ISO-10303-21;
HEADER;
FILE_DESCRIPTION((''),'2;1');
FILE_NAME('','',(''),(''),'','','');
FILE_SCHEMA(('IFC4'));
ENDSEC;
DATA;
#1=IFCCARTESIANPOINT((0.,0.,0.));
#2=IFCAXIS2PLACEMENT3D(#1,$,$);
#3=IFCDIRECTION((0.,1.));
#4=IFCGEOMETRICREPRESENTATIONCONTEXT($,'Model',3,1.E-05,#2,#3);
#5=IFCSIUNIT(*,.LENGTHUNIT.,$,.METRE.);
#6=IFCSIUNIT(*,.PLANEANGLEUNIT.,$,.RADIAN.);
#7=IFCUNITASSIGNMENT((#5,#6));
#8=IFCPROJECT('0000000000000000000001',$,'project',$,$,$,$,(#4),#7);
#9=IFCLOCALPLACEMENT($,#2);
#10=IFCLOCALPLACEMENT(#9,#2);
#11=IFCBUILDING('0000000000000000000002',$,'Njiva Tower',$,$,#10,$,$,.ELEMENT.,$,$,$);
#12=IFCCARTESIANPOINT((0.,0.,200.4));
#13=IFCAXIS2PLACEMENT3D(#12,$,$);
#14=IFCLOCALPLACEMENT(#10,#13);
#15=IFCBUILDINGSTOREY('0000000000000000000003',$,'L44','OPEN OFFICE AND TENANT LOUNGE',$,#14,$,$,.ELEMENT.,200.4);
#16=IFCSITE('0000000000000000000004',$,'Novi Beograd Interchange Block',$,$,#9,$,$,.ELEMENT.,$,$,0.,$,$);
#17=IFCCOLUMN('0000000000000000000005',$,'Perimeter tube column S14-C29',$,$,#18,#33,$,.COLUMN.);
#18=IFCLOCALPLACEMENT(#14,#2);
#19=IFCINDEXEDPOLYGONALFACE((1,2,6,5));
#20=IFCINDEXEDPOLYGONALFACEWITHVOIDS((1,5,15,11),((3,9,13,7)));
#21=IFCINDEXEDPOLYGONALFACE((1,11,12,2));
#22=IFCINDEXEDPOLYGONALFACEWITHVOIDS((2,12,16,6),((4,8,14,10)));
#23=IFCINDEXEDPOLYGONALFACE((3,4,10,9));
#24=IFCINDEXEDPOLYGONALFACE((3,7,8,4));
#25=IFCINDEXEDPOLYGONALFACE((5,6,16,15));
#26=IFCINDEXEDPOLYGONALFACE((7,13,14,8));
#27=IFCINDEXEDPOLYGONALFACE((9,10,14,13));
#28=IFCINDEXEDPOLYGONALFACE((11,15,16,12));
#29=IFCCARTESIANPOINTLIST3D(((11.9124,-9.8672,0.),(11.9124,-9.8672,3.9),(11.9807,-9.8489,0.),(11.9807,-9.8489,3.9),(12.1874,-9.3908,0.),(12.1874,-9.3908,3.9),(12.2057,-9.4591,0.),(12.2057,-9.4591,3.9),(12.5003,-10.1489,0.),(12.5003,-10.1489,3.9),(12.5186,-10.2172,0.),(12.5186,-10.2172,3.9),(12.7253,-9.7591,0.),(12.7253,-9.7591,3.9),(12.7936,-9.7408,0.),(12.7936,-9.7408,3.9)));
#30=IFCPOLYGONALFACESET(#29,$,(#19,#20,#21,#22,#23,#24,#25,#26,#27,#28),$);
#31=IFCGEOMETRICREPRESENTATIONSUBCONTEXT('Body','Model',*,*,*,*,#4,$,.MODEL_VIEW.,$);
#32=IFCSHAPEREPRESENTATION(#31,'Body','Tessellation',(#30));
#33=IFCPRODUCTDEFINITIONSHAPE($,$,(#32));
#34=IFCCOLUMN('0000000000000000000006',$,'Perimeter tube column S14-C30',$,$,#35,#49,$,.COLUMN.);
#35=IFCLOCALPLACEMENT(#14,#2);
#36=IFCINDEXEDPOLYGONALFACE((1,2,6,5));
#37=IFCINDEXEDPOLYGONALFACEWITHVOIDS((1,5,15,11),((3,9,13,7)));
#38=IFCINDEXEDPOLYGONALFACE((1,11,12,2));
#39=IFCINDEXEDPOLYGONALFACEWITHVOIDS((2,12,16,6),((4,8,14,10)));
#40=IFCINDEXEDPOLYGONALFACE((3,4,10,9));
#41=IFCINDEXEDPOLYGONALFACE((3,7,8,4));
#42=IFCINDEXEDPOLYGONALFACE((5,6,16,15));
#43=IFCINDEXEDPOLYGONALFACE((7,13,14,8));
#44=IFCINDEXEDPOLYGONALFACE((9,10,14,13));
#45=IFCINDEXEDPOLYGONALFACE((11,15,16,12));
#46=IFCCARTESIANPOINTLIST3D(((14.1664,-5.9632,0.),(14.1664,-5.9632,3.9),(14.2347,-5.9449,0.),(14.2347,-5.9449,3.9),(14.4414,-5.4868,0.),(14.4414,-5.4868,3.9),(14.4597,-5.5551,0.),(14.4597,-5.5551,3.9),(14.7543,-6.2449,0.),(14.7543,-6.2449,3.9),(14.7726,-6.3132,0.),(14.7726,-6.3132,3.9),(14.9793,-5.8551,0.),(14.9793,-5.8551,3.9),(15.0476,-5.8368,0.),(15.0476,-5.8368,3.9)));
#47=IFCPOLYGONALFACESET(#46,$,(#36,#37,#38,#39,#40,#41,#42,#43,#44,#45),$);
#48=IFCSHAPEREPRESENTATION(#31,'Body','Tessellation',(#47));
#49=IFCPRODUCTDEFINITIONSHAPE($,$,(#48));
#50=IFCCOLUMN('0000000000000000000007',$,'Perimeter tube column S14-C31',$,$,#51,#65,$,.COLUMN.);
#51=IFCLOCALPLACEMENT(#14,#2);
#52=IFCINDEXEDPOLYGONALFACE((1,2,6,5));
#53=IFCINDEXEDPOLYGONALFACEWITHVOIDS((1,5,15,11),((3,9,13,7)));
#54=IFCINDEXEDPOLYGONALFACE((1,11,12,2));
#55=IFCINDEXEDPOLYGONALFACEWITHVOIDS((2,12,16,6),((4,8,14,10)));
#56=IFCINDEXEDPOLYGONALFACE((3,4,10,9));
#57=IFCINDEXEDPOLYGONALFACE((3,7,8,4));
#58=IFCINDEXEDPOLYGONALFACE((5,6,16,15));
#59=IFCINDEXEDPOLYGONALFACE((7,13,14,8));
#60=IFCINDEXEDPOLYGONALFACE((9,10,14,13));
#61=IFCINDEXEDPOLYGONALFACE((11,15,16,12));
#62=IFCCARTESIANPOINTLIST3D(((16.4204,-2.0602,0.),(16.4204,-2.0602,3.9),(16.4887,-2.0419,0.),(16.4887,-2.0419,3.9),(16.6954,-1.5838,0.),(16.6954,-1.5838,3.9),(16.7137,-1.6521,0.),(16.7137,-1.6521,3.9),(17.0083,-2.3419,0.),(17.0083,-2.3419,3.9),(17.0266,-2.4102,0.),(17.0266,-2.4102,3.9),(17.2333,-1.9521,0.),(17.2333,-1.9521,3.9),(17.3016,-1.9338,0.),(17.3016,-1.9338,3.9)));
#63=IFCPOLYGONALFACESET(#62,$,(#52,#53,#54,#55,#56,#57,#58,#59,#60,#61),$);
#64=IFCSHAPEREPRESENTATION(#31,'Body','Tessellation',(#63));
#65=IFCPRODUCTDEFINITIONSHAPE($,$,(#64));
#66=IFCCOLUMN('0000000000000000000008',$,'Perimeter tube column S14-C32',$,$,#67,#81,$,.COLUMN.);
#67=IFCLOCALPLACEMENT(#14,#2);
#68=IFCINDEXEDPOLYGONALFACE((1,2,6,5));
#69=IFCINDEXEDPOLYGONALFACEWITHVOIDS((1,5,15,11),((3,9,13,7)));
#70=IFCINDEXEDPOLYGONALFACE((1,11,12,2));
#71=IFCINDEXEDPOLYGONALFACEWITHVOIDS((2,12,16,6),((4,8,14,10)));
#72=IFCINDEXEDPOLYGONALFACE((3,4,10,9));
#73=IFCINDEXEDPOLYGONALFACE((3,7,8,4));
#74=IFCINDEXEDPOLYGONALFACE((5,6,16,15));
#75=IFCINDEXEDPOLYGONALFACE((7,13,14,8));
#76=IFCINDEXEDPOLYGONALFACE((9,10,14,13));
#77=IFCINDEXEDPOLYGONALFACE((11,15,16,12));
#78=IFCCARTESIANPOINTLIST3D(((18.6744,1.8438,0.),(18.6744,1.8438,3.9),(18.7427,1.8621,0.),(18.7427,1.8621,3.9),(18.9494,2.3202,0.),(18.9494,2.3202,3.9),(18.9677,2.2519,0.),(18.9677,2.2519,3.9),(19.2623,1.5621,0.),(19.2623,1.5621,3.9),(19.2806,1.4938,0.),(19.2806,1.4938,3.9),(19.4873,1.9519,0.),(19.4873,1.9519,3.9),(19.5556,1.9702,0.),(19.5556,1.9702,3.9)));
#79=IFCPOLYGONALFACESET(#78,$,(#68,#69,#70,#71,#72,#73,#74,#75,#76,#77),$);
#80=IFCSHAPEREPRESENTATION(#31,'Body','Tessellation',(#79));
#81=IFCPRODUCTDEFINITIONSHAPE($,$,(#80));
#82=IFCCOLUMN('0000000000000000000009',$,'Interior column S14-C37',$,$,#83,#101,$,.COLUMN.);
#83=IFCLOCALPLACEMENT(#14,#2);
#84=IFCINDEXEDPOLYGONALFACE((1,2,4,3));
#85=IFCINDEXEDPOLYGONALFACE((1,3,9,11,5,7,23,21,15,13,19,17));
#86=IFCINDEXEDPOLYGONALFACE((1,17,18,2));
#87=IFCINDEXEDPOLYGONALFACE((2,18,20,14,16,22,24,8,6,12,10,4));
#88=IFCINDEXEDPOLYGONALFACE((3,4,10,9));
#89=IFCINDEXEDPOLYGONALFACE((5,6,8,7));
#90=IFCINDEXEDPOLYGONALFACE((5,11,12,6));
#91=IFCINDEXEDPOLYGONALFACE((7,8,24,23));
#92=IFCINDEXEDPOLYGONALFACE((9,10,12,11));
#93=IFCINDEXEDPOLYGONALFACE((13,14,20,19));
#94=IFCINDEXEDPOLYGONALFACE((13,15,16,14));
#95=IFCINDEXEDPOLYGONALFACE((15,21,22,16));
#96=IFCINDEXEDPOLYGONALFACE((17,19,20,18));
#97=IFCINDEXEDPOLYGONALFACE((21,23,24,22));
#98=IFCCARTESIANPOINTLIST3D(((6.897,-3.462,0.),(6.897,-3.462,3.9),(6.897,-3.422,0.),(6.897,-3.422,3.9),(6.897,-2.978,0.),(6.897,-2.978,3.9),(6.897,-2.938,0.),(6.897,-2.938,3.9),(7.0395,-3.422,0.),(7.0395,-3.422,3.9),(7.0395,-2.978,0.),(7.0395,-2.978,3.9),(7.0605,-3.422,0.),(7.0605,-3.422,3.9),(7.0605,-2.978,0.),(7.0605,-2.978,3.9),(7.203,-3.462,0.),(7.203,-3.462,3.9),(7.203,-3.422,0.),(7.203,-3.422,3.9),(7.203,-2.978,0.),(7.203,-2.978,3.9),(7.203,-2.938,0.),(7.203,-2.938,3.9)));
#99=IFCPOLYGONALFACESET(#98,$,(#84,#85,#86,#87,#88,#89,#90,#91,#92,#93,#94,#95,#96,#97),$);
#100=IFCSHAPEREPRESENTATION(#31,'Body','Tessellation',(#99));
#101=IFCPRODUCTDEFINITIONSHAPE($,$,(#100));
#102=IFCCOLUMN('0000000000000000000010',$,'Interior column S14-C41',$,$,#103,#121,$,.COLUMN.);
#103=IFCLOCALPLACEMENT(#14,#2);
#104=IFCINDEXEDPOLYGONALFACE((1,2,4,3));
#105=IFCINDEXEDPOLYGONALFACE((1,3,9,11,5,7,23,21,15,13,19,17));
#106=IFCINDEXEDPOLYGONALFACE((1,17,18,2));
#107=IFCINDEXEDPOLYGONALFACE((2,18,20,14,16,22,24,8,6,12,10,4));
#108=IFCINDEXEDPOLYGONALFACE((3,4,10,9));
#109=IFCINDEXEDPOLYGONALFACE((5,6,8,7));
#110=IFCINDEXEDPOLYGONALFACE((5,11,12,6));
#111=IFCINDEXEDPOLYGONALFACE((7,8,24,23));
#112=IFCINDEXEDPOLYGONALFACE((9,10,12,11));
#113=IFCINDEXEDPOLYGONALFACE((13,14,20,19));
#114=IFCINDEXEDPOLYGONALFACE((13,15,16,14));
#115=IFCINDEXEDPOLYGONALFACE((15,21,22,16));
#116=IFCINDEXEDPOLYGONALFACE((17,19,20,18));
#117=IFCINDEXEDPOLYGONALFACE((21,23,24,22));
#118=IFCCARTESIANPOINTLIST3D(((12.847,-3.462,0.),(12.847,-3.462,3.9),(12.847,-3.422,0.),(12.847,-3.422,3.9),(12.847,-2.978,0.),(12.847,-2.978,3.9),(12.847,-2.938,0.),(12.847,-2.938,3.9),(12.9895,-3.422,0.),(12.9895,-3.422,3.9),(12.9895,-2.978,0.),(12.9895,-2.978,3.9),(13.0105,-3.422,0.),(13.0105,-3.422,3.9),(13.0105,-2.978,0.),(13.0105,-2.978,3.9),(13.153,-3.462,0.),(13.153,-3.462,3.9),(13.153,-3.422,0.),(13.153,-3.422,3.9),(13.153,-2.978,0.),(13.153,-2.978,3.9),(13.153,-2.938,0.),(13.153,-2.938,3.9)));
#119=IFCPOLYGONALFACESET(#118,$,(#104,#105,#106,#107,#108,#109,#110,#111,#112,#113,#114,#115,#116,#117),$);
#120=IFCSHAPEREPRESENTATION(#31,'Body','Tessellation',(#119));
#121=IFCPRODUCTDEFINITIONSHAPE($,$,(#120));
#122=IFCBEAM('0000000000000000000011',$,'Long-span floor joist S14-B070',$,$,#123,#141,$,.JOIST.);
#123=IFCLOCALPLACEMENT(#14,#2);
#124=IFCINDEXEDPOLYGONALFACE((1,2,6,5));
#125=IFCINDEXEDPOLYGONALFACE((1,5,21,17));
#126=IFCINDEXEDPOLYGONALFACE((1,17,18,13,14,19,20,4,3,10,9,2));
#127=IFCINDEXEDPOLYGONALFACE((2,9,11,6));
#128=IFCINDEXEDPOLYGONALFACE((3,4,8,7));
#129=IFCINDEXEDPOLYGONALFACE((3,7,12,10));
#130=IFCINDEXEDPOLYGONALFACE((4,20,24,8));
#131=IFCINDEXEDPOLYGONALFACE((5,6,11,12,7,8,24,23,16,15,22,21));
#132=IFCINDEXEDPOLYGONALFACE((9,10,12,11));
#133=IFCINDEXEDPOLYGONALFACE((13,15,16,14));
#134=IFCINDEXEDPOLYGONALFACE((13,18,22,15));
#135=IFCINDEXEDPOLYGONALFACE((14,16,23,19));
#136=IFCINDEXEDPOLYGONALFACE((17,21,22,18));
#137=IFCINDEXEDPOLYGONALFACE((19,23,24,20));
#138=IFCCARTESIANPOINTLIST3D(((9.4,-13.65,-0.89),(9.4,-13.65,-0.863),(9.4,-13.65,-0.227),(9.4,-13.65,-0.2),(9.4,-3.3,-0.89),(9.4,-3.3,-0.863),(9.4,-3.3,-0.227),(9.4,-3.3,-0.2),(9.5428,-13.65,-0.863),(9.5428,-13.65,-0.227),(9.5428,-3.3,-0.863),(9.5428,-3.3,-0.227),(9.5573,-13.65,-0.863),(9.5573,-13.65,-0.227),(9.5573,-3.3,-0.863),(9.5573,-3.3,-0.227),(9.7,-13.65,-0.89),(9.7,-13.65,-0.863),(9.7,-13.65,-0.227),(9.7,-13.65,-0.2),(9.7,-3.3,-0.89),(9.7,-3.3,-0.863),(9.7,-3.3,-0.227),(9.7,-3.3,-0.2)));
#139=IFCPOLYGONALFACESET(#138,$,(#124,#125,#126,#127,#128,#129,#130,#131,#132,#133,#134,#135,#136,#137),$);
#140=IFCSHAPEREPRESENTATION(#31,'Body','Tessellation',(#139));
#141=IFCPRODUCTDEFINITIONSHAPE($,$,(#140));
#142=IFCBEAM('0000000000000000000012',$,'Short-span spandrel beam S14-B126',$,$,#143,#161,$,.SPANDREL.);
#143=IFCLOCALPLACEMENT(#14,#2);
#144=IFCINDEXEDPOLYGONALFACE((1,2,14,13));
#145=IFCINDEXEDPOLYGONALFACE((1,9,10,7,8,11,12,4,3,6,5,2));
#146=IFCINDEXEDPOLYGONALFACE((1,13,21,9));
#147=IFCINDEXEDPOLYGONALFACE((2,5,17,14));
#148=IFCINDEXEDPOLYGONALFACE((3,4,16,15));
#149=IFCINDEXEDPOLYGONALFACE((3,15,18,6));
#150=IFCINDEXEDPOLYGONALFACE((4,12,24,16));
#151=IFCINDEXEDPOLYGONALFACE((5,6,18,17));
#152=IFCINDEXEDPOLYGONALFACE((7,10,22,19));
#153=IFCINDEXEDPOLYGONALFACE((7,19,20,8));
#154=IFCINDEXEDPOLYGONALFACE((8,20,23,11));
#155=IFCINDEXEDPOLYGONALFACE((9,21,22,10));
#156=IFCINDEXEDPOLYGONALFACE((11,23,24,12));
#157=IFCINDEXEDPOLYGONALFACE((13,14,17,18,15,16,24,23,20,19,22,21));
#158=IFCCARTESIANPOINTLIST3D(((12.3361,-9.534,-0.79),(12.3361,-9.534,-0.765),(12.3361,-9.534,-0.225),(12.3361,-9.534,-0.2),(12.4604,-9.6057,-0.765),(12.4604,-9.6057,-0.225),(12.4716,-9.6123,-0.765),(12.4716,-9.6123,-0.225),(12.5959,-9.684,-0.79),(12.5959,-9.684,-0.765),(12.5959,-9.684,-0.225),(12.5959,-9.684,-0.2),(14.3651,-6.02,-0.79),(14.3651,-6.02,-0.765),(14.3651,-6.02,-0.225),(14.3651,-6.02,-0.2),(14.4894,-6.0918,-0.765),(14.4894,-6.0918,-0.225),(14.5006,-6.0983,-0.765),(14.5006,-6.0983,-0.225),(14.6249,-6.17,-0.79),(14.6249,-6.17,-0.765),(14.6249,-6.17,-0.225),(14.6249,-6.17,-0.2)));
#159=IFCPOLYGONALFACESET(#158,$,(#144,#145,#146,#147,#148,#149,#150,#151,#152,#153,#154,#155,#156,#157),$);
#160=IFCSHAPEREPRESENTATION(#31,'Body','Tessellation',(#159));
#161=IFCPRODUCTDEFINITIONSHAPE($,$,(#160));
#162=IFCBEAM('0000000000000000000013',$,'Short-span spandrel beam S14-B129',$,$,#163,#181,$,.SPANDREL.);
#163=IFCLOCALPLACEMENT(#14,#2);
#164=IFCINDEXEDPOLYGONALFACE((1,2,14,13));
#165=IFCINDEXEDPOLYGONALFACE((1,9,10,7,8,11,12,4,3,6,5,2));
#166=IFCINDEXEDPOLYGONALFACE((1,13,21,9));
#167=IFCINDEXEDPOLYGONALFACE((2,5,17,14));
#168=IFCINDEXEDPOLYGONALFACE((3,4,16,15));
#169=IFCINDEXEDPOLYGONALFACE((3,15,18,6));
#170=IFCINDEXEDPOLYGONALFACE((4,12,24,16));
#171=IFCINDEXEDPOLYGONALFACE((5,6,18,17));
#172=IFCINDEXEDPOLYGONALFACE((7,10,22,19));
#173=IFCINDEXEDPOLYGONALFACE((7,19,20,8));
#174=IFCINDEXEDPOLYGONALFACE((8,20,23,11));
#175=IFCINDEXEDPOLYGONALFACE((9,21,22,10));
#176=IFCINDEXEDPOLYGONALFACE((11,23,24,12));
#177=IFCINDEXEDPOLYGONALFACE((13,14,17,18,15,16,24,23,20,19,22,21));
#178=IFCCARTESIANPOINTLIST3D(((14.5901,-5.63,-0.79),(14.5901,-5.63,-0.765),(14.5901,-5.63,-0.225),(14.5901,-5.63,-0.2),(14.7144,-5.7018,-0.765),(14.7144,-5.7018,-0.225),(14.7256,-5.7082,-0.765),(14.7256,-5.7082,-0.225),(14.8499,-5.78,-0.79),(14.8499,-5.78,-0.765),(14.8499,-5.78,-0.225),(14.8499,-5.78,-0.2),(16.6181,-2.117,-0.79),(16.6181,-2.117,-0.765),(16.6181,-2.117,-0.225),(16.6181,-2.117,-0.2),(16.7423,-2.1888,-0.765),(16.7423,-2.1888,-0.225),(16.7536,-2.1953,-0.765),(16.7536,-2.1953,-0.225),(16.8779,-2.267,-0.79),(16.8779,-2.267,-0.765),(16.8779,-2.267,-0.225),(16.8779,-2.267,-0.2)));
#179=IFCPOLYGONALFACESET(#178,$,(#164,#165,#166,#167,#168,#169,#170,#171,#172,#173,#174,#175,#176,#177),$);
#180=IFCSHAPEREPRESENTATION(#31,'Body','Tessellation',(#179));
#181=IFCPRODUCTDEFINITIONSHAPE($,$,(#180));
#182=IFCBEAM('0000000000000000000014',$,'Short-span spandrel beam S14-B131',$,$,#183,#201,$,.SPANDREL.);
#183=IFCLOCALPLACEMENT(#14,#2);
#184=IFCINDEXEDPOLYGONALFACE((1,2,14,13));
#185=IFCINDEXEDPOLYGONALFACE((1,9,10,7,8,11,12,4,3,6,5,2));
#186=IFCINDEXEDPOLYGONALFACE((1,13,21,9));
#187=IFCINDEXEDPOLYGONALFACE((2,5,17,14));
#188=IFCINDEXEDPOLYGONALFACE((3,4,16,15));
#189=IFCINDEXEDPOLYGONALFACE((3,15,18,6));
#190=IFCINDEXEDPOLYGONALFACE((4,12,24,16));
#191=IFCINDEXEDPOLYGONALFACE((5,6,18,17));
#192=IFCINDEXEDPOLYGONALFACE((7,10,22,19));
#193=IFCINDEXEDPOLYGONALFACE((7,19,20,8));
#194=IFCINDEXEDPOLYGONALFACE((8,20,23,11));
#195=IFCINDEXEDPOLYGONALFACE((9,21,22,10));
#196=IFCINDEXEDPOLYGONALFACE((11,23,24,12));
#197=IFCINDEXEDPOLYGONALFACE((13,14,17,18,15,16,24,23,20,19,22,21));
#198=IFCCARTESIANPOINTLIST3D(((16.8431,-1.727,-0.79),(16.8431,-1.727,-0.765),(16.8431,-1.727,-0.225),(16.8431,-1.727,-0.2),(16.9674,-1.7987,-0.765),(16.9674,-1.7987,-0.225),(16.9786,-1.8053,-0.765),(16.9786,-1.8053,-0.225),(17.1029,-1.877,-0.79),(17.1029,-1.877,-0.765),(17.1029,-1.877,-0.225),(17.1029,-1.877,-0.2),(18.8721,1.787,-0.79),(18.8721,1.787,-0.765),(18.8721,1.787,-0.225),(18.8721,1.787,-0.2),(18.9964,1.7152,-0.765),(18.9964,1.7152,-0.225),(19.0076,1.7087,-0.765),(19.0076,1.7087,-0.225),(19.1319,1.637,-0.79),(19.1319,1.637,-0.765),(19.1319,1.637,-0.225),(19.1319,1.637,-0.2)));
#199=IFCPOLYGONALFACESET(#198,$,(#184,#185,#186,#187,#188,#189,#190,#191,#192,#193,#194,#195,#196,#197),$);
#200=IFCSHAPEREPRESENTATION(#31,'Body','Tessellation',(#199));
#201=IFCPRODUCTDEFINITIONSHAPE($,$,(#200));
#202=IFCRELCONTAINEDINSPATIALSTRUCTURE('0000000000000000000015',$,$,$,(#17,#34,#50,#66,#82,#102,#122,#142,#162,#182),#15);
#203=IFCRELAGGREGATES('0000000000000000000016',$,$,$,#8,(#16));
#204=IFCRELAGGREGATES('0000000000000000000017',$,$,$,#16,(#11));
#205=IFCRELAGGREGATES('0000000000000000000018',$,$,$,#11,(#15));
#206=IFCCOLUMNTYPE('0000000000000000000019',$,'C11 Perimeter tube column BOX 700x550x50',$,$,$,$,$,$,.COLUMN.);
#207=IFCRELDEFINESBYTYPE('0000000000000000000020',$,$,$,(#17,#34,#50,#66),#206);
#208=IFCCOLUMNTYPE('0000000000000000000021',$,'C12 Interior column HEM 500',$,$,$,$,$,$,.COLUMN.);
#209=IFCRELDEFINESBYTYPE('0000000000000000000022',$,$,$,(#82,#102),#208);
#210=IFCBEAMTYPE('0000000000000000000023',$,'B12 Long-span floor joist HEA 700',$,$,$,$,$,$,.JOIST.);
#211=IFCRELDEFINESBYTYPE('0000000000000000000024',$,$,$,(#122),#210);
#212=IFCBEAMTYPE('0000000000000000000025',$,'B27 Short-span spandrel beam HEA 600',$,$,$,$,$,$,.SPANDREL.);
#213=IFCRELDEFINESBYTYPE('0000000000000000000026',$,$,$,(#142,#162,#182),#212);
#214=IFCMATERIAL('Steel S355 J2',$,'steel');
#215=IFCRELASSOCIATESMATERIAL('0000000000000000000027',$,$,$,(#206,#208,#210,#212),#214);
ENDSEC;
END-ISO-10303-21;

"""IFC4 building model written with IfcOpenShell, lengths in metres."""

from ifc_helpers import new_model, si_unit, direction, frame, origin, origin_2d, place, context, subcontext, project, spatial, hollow_rectangle, i_section, extrude, material, material_profile, profile_set, type_object, element, save


model = new_model("IFC4")

# Units and contexts
model_context = context("Model", 3, precision=1e-05, world=origin(), true_north=direction((0.0, 1.0)))
body_context = subcontext(model_context, "Body", "Model", "MODEL_VIEW")
ifc_project = project(units=[si_unit("LENGTHUNIT", "METRE"), si_unit("PLANEANGLEUNIT", "RADIAN")], contexts=[model_context])

# Site, building, storey
site_placement = place(None, origin())
site = spatial("IfcSite", under=ifc_project, at=site_placement, Name="Novi Beograd Interchange Block", CompositionType="ELEMENT", RefElevation=0.0)
building_placement = place(site_placement, origin())
building = spatial("IfcBuilding", under=site, at=building_placement, Name="Njiva Tower", CompositionType="ELEMENT")
storey_placement = place(building_placement, frame((0.0, 0.0, 200.4)))
storey = spatial("IfcBuildingStorey", under=building, at=storey_placement, Name="L44", Description="OPEN OFFICE AND TENANT LOUNGE", CompositionType="ELEMENT", Elevation=200.4)

# Columns
ifc_material_1 = material(Name="Steel S355 J2", Category="steel")
ifc_material_profile_1 = material_profile(ifc_material_1, hollow_rectangle(XDim=0.55, YDim=0.7, WallThickness=0.05, at=origin_2d()), Name="BOX 700x550x50")
ifc_profile_set_1 = profile_set([ifc_material_profile_1], Name="Steel S355 J2")
column_type_1 = type_object("IfcColumnType", Name="C11 Perimeter tube column BOX 700x550x50", PredefinedType="COLUMN", material=ifc_profile_set_1)
for number, where, z_axis, x_axis, name in (
    (1, (12.353, -9.804, 0.0), (0.0, 0.0, 1.0), (0.5, 0.866025, 0.0), "Perimeter tube column S14-C29"),
    (2, (14.607, -5.9, 0.0), (0.0, 0.0, 1.0), (0.5, 0.866025, 0.0), "Perimeter tube column S14-C30"),
    (3, (16.861, -1.997, 0.0), (0.0, 0.0, 1.0), (0.5, 0.866025, 0.0), "Perimeter tube column S14-C31"),
    (4, (19.115, 1.907, 0.0), (0.0, 0.0, 1.0), (0.5, 0.866025, 0.0), "Perimeter tube column S14-C32"),
):
    element("IfcColumn", number, at=place(storey_placement, frame(where, z_axis=z_axis, x_axis=x_axis)), inside=storey, type_object=column_type_1, Name=name, PredefinedType="COLUMN", context=body_context, shape_type="SweptSolid", body=[
        extrude(hollow_rectangle(XDim=0.55, YDim=0.7, WallThickness=0.05, at=origin_2d()), origin(), (0.0, 0.0, 1.0), 3.9),
    ])
ifc_material_profile_2 = material_profile(ifc_material_1, i_section(OverallWidth=0.306, OverallDepth=0.524, WebThickness=0.021, FlangeThickness=0.04, at=origin_2d()), Name="HEM 500")
ifc_profile_set_2 = profile_set([ifc_material_profile_2], Name="Steel S355 J2")
column_type_2 = type_object("IfcColumnType", Name="C12 Interior column HEM 500", PredefinedType="COLUMN", material=ifc_profile_set_2)
for number, where, z_axis, x_axis, name in (
    (5, (7.05, -3.2, 0.0), (0.0, 0.0, 1.0), (1.0, 0.0, 0.0), "Interior column S14-C37"),
    (6, (13.0, -3.2, 0.0), (0.0, 0.0, 1.0), (1.0, 0.0, 0.0), "Interior column S14-C41"),
):
    element("IfcColumn", number, at=place(storey_placement, frame(where, z_axis=z_axis, x_axis=x_axis)), inside=storey, type_object=column_type_2, Name=name, PredefinedType="COLUMN", context=body_context, shape_type="SweptSolid", body=[
        extrude(i_section(OverallWidth=0.306, OverallDepth=0.524, WebThickness=0.021, FlangeThickness=0.04, at=origin_2d()), origin(), (0.0, 0.0, 1.0), 3.9),
    ])

# Beams
ifc_material_profile_3 = material_profile(ifc_material_1, i_section(OverallWidth=0.3, OverallDepth=0.69, WebThickness=0.0145, FlangeThickness=0.027, at=origin_2d()), Name="HEA 700")
ifc_profile_set_3 = profile_set([ifc_material_profile_3], Name="Steel S355 J2")
beam_type_1 = type_object("IfcBeamType", Name="B12 Long-span floor joist HEA 700", PredefinedType="JOIST", material=ifc_profile_set_3)
beam_1_placement = place(storey_placement, frame((9.55, -3.3, -0.545), z_axis=(0.0, -1.0, 0.0), x_axis=(1.0, 0.0, 0.0)))
element("IfcBeam", 7, at=beam_1_placement, inside=storey, type_object=beam_type_1, Name="Long-span floor joist S14-B070", PredefinedType="JOIST", context=body_context, shape_type="SweptSolid", body=[
    extrude(i_section(OverallWidth=0.3, OverallDepth=0.69, WebThickness=0.0145, FlangeThickness=0.027, at=origin_2d()), origin(), (0.0, 0.0, 1.0), 10.35),
])
ifc_material_profile_4 = material_profile(ifc_material_1, i_section(OverallWidth=0.3, OverallDepth=0.59, WebThickness=0.013, FlangeThickness=0.025, at=origin_2d()), Name="HEA 600")
ifc_profile_set_4 = profile_set([ifc_material_profile_4], Name="Steel S355 J2")
beam_type_2 = type_object("IfcBeamType", Name="B27 Short-span spandrel beam HEA 600", PredefinedType="SPANDREL", material=ifc_profile_set_4)
beam_2_placement = place(storey_placement, frame((12.466, -9.609, -0.495), z_axis=(0.500035, 0.866005, 0.0), x_axis=(-0.866005, 0.500035, 0.0)))
element("IfcBeam", 8, at=beam_2_placement, inside=storey, type_object=beam_type_2, Name="Short-span spandrel beam S14-B126", PredefinedType="SPANDREL", context=body_context, shape_type="SweptSolid", body=[
    extrude(i_section(OverallWidth=0.3, OverallDepth=0.59, WebThickness=0.013, FlangeThickness=0.025, at=origin_2d()), origin(), (0.0, 0.0, 1.0), 4.0577),
])
beam_3_placement = place(storey_placement, frame((14.72, -5.705, -0.495), z_axis=(0.499957, 0.86605, 0.0), x_axis=(-0.86605, 0.499957, 0.0)))
element("IfcBeam", 9, at=beam_3_placement, inside=storey, type_object=beam_type_2, Name="Short-span spandrel beam S14-B129", PredefinedType="SPANDREL", context=body_context, shape_type="SweptSolid", body=[
    extrude(i_section(OverallWidth=0.3, OverallDepth=0.59, WebThickness=0.013, FlangeThickness=0.025, at=origin_2d()), origin(), (0.0, 0.0, 1.0), 4.0563),
])
beam_4_placement = place(storey_placement, frame((16.973, -1.802, -0.495), z_axis=(0.500035, 0.866005, 0.0), x_axis=(-0.866005, 0.500035, 0.0)))
element("IfcBeam", 10, at=beam_4_placement, inside=storey, type_object=beam_type_2, Name="Short-span spandrel beam S14-B131", PredefinedType="SPANDREL", context=body_context, shape_type="SweptSolid", body=[
    extrude(i_section(OverallWidth=0.3, OverallDepth=0.59, WebThickness=0.013, FlangeThickness=0.025, at=origin_2d()), origin(), (0.0, 0.0, 1.0), 4.0577),
])

save(model, "model.ifc")
